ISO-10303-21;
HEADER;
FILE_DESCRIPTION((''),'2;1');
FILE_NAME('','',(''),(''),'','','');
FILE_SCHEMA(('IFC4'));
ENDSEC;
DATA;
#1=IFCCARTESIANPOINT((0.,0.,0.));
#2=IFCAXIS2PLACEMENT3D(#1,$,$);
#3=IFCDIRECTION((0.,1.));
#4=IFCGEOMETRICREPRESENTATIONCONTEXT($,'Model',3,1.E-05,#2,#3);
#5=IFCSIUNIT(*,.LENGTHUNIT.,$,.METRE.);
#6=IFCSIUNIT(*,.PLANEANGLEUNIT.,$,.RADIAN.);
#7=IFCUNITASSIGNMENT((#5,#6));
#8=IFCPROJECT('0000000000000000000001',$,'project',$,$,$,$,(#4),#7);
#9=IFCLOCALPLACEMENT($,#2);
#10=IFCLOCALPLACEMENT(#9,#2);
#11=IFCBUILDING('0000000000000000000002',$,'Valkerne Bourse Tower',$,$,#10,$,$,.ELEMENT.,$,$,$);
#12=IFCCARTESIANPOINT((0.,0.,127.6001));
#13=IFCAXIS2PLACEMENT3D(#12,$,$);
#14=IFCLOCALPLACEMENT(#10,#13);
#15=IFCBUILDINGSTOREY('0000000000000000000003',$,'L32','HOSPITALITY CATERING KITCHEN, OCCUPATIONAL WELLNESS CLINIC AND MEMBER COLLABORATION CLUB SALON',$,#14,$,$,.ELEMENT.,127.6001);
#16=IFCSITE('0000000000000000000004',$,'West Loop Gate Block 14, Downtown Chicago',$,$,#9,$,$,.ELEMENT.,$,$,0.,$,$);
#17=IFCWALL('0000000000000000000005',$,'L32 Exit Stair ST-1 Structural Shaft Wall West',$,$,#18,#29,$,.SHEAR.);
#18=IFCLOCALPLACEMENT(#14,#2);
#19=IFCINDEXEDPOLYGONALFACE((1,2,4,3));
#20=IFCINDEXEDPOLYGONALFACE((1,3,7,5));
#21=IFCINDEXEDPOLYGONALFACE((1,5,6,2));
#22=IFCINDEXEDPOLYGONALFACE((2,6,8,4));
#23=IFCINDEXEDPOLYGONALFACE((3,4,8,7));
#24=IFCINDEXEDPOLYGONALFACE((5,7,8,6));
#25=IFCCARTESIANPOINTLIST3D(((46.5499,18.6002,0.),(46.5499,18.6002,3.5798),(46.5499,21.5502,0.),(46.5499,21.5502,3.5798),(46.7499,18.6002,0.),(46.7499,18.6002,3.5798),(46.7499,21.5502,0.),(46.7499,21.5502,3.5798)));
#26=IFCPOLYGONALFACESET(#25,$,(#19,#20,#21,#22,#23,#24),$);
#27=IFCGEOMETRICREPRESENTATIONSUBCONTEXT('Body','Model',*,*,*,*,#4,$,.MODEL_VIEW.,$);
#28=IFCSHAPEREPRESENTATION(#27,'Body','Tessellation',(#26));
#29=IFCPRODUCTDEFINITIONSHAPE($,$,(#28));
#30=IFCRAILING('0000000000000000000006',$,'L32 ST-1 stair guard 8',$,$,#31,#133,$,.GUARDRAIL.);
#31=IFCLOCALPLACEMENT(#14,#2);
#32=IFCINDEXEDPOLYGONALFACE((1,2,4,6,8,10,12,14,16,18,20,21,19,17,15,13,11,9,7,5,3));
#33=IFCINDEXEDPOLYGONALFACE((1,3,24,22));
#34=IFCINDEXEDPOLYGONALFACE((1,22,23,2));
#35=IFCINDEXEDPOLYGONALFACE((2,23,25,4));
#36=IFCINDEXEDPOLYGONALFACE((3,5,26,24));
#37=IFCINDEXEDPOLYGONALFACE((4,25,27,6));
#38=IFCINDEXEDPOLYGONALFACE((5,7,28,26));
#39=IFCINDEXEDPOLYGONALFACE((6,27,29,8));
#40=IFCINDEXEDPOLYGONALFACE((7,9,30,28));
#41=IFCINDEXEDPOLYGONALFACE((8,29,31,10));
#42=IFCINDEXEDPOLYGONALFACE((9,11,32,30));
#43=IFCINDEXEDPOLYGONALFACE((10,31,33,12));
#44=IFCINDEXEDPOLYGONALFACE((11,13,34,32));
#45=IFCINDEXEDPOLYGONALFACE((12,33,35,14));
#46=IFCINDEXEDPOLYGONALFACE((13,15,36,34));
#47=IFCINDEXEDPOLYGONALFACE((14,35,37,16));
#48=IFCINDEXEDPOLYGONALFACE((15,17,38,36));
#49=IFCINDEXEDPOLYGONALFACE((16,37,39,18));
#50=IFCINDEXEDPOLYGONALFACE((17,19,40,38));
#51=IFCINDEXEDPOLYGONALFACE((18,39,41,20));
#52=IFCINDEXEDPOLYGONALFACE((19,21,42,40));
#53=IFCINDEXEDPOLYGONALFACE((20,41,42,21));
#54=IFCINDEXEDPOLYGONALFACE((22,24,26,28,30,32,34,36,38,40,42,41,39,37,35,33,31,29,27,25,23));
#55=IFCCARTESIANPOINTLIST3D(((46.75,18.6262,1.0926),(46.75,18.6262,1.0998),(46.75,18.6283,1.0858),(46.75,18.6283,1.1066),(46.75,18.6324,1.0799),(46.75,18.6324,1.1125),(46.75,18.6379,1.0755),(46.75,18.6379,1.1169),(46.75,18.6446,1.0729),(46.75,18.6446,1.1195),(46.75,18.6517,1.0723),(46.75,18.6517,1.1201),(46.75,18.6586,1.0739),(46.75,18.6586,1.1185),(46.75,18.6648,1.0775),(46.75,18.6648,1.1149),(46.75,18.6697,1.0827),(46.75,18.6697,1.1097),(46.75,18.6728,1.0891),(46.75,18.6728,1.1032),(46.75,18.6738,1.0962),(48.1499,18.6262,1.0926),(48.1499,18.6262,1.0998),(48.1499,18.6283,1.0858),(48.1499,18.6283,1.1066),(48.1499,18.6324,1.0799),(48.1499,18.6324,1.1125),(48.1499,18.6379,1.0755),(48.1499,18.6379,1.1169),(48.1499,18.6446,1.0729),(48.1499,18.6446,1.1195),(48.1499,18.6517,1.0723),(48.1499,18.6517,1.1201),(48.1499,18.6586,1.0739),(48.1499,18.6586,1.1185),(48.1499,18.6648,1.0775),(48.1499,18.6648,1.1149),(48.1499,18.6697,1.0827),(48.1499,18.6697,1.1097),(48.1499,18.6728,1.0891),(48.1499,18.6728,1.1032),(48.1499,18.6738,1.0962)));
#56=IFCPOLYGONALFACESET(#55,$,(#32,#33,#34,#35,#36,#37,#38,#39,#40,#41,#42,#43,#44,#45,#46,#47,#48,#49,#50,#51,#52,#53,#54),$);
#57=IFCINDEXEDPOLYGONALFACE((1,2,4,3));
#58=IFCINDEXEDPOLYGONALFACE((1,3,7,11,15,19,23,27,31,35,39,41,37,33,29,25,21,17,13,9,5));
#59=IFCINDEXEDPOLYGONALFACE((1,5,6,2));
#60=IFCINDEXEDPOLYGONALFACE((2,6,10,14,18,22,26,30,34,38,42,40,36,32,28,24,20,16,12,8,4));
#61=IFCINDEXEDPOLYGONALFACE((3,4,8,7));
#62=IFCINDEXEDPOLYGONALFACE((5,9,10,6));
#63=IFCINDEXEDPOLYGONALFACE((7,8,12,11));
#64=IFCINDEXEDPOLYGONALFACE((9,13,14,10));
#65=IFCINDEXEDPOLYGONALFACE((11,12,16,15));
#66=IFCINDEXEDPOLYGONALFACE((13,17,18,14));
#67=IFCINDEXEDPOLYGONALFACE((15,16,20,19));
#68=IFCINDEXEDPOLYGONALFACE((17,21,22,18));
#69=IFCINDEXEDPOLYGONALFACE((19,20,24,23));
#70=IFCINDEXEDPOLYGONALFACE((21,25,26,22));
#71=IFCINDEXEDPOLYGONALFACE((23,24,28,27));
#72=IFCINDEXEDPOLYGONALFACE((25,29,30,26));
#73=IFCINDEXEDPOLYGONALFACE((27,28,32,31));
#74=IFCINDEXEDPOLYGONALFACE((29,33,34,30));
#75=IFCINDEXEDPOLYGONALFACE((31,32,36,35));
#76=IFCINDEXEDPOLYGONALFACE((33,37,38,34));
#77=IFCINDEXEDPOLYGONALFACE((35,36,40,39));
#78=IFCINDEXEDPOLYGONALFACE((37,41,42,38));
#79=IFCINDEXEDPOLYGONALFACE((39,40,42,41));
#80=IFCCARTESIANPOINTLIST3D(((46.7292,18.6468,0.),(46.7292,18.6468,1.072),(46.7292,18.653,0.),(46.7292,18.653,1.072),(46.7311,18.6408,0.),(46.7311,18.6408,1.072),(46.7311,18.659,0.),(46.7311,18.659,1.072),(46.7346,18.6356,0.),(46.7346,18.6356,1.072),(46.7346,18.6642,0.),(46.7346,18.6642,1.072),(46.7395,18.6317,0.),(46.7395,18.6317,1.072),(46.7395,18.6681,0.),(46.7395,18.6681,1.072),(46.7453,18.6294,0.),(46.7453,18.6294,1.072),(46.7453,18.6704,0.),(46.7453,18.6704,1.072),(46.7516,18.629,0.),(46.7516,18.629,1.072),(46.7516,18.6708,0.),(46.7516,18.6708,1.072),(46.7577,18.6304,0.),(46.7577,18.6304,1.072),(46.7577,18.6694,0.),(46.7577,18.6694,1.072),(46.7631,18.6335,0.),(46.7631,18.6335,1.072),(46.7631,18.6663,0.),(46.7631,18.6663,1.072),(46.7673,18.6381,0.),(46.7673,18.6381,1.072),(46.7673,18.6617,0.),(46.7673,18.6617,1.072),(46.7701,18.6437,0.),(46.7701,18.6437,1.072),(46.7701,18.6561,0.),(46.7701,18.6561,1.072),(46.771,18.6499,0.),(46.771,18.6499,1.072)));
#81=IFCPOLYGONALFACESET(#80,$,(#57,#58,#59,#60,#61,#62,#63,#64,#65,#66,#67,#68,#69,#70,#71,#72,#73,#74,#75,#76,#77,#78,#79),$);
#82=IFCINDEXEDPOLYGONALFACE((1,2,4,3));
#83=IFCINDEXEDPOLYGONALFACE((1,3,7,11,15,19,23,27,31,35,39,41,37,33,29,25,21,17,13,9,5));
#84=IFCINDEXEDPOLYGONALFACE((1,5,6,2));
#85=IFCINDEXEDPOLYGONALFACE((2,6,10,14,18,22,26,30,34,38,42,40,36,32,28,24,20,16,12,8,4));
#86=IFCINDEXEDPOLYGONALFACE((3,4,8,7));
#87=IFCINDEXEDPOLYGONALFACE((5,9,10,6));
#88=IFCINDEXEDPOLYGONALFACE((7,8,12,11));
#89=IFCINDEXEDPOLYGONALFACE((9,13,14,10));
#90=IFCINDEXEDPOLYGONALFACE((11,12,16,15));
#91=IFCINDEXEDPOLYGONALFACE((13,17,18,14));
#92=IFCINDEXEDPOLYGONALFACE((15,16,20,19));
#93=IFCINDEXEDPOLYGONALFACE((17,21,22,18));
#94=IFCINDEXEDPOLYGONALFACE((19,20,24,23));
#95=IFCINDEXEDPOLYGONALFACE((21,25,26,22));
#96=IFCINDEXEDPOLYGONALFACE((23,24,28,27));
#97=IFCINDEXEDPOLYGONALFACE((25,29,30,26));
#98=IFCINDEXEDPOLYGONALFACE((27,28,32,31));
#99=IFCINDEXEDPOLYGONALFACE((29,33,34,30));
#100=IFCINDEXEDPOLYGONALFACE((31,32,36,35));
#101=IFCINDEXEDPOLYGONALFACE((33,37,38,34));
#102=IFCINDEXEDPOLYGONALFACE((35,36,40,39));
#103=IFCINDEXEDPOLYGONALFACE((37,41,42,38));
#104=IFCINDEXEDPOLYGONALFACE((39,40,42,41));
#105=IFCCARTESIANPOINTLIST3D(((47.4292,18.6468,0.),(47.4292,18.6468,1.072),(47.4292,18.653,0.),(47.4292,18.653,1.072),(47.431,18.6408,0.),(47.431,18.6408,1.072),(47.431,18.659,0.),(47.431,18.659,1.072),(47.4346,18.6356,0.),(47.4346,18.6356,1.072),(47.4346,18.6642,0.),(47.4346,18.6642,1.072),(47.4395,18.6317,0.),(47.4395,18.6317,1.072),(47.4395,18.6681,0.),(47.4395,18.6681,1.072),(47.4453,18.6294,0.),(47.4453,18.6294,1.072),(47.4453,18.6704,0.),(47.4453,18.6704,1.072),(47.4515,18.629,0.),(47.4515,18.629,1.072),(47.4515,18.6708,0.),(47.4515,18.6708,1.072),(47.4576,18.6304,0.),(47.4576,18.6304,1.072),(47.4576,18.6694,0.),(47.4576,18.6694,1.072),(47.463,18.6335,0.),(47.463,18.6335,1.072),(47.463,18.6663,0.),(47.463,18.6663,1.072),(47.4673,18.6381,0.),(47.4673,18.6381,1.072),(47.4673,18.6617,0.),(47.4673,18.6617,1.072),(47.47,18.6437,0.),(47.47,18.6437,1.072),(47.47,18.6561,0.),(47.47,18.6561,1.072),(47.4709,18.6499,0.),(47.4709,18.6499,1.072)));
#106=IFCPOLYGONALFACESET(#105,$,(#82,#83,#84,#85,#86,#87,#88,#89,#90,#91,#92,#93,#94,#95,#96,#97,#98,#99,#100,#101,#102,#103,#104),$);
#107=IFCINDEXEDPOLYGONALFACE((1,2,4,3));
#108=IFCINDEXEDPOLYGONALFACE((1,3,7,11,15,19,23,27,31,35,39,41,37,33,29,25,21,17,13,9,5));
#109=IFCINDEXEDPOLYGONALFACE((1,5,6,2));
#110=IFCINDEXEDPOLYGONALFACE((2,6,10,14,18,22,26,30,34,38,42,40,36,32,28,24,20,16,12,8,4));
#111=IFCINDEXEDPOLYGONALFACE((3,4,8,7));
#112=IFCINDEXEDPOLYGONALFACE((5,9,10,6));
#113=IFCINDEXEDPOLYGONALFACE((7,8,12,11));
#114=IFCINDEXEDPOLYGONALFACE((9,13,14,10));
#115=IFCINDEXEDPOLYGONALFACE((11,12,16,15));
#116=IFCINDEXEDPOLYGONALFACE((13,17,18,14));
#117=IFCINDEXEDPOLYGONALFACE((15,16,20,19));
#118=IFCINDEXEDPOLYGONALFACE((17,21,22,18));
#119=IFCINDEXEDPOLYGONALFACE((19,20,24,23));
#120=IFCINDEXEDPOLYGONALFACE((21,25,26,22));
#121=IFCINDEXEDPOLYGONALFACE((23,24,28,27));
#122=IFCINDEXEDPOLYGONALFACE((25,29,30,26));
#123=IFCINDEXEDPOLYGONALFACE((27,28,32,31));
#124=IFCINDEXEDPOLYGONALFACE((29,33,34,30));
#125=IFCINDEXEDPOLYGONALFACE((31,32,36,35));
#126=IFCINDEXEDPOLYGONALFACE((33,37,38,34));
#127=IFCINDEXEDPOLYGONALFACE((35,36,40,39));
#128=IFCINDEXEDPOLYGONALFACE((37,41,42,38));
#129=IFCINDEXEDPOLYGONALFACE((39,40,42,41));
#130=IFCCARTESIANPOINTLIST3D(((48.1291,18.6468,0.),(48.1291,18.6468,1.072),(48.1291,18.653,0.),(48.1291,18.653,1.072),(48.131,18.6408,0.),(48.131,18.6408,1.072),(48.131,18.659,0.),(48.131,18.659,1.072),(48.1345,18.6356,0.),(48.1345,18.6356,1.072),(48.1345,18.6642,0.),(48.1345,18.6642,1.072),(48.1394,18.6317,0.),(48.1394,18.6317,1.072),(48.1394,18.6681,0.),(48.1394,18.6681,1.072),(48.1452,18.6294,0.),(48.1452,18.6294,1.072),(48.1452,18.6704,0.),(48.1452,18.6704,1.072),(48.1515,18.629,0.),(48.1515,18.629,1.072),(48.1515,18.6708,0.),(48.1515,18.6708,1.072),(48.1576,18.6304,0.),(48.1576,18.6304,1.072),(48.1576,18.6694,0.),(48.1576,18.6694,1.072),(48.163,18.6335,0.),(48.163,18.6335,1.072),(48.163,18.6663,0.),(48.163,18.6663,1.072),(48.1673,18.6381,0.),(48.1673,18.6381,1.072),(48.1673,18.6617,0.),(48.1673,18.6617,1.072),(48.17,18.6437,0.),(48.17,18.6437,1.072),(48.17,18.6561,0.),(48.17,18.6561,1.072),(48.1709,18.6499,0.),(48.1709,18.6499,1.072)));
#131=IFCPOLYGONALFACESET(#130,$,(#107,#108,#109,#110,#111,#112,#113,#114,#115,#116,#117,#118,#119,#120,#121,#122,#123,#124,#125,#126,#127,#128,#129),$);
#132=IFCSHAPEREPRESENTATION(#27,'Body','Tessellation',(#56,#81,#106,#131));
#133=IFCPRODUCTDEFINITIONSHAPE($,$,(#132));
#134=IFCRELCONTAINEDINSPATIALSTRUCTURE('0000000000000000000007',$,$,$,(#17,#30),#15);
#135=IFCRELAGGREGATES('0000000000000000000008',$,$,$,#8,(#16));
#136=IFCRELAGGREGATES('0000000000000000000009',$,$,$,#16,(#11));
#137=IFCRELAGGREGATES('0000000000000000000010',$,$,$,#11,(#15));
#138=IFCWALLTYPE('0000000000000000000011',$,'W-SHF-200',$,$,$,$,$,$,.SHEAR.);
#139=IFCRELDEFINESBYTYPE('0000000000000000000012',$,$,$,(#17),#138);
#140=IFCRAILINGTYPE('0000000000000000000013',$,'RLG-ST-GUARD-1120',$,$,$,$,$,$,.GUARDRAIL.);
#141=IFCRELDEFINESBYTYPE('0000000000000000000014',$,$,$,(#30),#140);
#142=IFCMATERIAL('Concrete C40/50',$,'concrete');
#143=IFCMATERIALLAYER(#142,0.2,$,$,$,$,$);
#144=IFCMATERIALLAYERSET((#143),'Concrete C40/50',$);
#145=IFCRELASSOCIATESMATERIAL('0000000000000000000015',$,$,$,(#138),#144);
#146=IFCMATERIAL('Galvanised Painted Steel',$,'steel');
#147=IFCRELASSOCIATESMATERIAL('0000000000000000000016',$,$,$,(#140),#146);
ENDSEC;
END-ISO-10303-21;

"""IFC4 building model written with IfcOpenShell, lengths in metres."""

from ifc_helpers import new_model, si_unit, direction, frame, frame_2d, origin, origin_2d, place, context, subcontext, project, spatial, rectangle, circle, extrude, material, layer, layer_set, type_object, element, save


model = new_model("IFC4")

# Units and contexts
model_context = context("Model", 3, precision=1e-05, world=origin(), true_north=direction((0.0, 1.0)))
body_context = subcontext(model_context, "Body", "Model", "MODEL_VIEW")
ifc_project = project(units=[si_unit("LENGTHUNIT", "METRE"), si_unit("PLANEANGLEUNIT", "RADIAN")], contexts=[model_context])

# Site, building, storey
site_placement = place(None, origin())
site = spatial("IfcSite", under=ifc_project, at=site_placement, Name="West Loop Gate Block 14, Downtown Chicago", CompositionType="ELEMENT", RefElevation=0.0)
building_placement = place(site_placement, origin())
building = spatial("IfcBuilding", under=site, at=building_placement, Name="Valkerne Bourse Tower", CompositionType="ELEMENT")
storey_placement = place(building_placement, frame((0.0, 0.0, 127.6001)))
storey = spatial("IfcBuildingStorey", under=building, at=storey_placement, Name="L32", Description="HOSPITALITY CATERING KITCHEN, OCCUPATIONAL WELLNESS CLINIC AND MEMBER COLLABORATION CLUB SALON", CompositionType="ELEMENT", Elevation=127.6001)

# Shared definitions
ifc_material_1 = material(Name="Galvanised Painted Steel", Category="steel")

# Shared definitions
ifc_material_2 = material(Name="Concrete C40/50", Category="concrete")
ifc_layer_1 = layer(ifc_material_2, 0.2)
ifc_layer_set_1 = layer_set([ifc_layer_1], Name="Concrete C40/50")
wall_type_1 = type_object("IfcWallType", Name="W-SHF-200", PredefinedType="SHEAR", material=ifc_layer_set_1)

# Wall
wall_1_placement = place(storey_placement, frame((46.6499, 18.6001, 0.0), z_axis=(0.0, 0.0, 1.0), x_axis=(0.0, 1.0, 0.0)))
element("IfcWall", 1, at=wall_1_placement, inside=storey, type_object=wall_type_1, Name="L32 Exit Stair ST-1 Structural Shaft Wall West", PredefinedType="SHEAR", context=body_context, shape_type="SweptSolid", body=[
    extrude(rectangle(XDim=2.95, YDim=0.2, at=frame_2d((1.4751, 0.0))), origin(), (0.0, 0.0, 1.0), 3.5798),
])

# Railing
railing_type = type_object("IfcRailingType", Name="RLG-ST-GUARD-1120", PredefinedType="GUARDRAIL", material=ifc_material_1)
for number, where, name in (
    (2, (46.75, 18.6499, 0.0), "L32 ST-1 stair guard 8"),
):
    element("IfcRailing", number, at=place(storey_placement, frame(where)), inside=storey, type_object=railing_type, Name=name, PredefinedType="GUARDRAIL", context=body_context, shape_type="SweptSolid", body=[
        extrude(circle(Radius=0.0239, at=origin_2d()), frame((0.0, 0.0, 1.0962), z_axis=(1.0, 0.0, 0.0), x_axis=(0.0, 1.0, 0.0)), (0.0, 0.0, 1.0), 1.3999),
        extrude(circle(Radius=0.021, at=origin_2d()), origin(), (0.0, 0.0, 1.0), 1.072),
        extrude(circle(Radius=0.021, at=origin_2d()), frame((0.7, 0.0, 0.0)), (0.0, 0.0, 1.0), 1.072),
        extrude(circle(Radius=0.021, at=origin_2d()), frame((1.3999, 0.0, 0.0)), (0.0, 0.0, 1.0), 1.072),
    ])

save(model, "model.ifc")
